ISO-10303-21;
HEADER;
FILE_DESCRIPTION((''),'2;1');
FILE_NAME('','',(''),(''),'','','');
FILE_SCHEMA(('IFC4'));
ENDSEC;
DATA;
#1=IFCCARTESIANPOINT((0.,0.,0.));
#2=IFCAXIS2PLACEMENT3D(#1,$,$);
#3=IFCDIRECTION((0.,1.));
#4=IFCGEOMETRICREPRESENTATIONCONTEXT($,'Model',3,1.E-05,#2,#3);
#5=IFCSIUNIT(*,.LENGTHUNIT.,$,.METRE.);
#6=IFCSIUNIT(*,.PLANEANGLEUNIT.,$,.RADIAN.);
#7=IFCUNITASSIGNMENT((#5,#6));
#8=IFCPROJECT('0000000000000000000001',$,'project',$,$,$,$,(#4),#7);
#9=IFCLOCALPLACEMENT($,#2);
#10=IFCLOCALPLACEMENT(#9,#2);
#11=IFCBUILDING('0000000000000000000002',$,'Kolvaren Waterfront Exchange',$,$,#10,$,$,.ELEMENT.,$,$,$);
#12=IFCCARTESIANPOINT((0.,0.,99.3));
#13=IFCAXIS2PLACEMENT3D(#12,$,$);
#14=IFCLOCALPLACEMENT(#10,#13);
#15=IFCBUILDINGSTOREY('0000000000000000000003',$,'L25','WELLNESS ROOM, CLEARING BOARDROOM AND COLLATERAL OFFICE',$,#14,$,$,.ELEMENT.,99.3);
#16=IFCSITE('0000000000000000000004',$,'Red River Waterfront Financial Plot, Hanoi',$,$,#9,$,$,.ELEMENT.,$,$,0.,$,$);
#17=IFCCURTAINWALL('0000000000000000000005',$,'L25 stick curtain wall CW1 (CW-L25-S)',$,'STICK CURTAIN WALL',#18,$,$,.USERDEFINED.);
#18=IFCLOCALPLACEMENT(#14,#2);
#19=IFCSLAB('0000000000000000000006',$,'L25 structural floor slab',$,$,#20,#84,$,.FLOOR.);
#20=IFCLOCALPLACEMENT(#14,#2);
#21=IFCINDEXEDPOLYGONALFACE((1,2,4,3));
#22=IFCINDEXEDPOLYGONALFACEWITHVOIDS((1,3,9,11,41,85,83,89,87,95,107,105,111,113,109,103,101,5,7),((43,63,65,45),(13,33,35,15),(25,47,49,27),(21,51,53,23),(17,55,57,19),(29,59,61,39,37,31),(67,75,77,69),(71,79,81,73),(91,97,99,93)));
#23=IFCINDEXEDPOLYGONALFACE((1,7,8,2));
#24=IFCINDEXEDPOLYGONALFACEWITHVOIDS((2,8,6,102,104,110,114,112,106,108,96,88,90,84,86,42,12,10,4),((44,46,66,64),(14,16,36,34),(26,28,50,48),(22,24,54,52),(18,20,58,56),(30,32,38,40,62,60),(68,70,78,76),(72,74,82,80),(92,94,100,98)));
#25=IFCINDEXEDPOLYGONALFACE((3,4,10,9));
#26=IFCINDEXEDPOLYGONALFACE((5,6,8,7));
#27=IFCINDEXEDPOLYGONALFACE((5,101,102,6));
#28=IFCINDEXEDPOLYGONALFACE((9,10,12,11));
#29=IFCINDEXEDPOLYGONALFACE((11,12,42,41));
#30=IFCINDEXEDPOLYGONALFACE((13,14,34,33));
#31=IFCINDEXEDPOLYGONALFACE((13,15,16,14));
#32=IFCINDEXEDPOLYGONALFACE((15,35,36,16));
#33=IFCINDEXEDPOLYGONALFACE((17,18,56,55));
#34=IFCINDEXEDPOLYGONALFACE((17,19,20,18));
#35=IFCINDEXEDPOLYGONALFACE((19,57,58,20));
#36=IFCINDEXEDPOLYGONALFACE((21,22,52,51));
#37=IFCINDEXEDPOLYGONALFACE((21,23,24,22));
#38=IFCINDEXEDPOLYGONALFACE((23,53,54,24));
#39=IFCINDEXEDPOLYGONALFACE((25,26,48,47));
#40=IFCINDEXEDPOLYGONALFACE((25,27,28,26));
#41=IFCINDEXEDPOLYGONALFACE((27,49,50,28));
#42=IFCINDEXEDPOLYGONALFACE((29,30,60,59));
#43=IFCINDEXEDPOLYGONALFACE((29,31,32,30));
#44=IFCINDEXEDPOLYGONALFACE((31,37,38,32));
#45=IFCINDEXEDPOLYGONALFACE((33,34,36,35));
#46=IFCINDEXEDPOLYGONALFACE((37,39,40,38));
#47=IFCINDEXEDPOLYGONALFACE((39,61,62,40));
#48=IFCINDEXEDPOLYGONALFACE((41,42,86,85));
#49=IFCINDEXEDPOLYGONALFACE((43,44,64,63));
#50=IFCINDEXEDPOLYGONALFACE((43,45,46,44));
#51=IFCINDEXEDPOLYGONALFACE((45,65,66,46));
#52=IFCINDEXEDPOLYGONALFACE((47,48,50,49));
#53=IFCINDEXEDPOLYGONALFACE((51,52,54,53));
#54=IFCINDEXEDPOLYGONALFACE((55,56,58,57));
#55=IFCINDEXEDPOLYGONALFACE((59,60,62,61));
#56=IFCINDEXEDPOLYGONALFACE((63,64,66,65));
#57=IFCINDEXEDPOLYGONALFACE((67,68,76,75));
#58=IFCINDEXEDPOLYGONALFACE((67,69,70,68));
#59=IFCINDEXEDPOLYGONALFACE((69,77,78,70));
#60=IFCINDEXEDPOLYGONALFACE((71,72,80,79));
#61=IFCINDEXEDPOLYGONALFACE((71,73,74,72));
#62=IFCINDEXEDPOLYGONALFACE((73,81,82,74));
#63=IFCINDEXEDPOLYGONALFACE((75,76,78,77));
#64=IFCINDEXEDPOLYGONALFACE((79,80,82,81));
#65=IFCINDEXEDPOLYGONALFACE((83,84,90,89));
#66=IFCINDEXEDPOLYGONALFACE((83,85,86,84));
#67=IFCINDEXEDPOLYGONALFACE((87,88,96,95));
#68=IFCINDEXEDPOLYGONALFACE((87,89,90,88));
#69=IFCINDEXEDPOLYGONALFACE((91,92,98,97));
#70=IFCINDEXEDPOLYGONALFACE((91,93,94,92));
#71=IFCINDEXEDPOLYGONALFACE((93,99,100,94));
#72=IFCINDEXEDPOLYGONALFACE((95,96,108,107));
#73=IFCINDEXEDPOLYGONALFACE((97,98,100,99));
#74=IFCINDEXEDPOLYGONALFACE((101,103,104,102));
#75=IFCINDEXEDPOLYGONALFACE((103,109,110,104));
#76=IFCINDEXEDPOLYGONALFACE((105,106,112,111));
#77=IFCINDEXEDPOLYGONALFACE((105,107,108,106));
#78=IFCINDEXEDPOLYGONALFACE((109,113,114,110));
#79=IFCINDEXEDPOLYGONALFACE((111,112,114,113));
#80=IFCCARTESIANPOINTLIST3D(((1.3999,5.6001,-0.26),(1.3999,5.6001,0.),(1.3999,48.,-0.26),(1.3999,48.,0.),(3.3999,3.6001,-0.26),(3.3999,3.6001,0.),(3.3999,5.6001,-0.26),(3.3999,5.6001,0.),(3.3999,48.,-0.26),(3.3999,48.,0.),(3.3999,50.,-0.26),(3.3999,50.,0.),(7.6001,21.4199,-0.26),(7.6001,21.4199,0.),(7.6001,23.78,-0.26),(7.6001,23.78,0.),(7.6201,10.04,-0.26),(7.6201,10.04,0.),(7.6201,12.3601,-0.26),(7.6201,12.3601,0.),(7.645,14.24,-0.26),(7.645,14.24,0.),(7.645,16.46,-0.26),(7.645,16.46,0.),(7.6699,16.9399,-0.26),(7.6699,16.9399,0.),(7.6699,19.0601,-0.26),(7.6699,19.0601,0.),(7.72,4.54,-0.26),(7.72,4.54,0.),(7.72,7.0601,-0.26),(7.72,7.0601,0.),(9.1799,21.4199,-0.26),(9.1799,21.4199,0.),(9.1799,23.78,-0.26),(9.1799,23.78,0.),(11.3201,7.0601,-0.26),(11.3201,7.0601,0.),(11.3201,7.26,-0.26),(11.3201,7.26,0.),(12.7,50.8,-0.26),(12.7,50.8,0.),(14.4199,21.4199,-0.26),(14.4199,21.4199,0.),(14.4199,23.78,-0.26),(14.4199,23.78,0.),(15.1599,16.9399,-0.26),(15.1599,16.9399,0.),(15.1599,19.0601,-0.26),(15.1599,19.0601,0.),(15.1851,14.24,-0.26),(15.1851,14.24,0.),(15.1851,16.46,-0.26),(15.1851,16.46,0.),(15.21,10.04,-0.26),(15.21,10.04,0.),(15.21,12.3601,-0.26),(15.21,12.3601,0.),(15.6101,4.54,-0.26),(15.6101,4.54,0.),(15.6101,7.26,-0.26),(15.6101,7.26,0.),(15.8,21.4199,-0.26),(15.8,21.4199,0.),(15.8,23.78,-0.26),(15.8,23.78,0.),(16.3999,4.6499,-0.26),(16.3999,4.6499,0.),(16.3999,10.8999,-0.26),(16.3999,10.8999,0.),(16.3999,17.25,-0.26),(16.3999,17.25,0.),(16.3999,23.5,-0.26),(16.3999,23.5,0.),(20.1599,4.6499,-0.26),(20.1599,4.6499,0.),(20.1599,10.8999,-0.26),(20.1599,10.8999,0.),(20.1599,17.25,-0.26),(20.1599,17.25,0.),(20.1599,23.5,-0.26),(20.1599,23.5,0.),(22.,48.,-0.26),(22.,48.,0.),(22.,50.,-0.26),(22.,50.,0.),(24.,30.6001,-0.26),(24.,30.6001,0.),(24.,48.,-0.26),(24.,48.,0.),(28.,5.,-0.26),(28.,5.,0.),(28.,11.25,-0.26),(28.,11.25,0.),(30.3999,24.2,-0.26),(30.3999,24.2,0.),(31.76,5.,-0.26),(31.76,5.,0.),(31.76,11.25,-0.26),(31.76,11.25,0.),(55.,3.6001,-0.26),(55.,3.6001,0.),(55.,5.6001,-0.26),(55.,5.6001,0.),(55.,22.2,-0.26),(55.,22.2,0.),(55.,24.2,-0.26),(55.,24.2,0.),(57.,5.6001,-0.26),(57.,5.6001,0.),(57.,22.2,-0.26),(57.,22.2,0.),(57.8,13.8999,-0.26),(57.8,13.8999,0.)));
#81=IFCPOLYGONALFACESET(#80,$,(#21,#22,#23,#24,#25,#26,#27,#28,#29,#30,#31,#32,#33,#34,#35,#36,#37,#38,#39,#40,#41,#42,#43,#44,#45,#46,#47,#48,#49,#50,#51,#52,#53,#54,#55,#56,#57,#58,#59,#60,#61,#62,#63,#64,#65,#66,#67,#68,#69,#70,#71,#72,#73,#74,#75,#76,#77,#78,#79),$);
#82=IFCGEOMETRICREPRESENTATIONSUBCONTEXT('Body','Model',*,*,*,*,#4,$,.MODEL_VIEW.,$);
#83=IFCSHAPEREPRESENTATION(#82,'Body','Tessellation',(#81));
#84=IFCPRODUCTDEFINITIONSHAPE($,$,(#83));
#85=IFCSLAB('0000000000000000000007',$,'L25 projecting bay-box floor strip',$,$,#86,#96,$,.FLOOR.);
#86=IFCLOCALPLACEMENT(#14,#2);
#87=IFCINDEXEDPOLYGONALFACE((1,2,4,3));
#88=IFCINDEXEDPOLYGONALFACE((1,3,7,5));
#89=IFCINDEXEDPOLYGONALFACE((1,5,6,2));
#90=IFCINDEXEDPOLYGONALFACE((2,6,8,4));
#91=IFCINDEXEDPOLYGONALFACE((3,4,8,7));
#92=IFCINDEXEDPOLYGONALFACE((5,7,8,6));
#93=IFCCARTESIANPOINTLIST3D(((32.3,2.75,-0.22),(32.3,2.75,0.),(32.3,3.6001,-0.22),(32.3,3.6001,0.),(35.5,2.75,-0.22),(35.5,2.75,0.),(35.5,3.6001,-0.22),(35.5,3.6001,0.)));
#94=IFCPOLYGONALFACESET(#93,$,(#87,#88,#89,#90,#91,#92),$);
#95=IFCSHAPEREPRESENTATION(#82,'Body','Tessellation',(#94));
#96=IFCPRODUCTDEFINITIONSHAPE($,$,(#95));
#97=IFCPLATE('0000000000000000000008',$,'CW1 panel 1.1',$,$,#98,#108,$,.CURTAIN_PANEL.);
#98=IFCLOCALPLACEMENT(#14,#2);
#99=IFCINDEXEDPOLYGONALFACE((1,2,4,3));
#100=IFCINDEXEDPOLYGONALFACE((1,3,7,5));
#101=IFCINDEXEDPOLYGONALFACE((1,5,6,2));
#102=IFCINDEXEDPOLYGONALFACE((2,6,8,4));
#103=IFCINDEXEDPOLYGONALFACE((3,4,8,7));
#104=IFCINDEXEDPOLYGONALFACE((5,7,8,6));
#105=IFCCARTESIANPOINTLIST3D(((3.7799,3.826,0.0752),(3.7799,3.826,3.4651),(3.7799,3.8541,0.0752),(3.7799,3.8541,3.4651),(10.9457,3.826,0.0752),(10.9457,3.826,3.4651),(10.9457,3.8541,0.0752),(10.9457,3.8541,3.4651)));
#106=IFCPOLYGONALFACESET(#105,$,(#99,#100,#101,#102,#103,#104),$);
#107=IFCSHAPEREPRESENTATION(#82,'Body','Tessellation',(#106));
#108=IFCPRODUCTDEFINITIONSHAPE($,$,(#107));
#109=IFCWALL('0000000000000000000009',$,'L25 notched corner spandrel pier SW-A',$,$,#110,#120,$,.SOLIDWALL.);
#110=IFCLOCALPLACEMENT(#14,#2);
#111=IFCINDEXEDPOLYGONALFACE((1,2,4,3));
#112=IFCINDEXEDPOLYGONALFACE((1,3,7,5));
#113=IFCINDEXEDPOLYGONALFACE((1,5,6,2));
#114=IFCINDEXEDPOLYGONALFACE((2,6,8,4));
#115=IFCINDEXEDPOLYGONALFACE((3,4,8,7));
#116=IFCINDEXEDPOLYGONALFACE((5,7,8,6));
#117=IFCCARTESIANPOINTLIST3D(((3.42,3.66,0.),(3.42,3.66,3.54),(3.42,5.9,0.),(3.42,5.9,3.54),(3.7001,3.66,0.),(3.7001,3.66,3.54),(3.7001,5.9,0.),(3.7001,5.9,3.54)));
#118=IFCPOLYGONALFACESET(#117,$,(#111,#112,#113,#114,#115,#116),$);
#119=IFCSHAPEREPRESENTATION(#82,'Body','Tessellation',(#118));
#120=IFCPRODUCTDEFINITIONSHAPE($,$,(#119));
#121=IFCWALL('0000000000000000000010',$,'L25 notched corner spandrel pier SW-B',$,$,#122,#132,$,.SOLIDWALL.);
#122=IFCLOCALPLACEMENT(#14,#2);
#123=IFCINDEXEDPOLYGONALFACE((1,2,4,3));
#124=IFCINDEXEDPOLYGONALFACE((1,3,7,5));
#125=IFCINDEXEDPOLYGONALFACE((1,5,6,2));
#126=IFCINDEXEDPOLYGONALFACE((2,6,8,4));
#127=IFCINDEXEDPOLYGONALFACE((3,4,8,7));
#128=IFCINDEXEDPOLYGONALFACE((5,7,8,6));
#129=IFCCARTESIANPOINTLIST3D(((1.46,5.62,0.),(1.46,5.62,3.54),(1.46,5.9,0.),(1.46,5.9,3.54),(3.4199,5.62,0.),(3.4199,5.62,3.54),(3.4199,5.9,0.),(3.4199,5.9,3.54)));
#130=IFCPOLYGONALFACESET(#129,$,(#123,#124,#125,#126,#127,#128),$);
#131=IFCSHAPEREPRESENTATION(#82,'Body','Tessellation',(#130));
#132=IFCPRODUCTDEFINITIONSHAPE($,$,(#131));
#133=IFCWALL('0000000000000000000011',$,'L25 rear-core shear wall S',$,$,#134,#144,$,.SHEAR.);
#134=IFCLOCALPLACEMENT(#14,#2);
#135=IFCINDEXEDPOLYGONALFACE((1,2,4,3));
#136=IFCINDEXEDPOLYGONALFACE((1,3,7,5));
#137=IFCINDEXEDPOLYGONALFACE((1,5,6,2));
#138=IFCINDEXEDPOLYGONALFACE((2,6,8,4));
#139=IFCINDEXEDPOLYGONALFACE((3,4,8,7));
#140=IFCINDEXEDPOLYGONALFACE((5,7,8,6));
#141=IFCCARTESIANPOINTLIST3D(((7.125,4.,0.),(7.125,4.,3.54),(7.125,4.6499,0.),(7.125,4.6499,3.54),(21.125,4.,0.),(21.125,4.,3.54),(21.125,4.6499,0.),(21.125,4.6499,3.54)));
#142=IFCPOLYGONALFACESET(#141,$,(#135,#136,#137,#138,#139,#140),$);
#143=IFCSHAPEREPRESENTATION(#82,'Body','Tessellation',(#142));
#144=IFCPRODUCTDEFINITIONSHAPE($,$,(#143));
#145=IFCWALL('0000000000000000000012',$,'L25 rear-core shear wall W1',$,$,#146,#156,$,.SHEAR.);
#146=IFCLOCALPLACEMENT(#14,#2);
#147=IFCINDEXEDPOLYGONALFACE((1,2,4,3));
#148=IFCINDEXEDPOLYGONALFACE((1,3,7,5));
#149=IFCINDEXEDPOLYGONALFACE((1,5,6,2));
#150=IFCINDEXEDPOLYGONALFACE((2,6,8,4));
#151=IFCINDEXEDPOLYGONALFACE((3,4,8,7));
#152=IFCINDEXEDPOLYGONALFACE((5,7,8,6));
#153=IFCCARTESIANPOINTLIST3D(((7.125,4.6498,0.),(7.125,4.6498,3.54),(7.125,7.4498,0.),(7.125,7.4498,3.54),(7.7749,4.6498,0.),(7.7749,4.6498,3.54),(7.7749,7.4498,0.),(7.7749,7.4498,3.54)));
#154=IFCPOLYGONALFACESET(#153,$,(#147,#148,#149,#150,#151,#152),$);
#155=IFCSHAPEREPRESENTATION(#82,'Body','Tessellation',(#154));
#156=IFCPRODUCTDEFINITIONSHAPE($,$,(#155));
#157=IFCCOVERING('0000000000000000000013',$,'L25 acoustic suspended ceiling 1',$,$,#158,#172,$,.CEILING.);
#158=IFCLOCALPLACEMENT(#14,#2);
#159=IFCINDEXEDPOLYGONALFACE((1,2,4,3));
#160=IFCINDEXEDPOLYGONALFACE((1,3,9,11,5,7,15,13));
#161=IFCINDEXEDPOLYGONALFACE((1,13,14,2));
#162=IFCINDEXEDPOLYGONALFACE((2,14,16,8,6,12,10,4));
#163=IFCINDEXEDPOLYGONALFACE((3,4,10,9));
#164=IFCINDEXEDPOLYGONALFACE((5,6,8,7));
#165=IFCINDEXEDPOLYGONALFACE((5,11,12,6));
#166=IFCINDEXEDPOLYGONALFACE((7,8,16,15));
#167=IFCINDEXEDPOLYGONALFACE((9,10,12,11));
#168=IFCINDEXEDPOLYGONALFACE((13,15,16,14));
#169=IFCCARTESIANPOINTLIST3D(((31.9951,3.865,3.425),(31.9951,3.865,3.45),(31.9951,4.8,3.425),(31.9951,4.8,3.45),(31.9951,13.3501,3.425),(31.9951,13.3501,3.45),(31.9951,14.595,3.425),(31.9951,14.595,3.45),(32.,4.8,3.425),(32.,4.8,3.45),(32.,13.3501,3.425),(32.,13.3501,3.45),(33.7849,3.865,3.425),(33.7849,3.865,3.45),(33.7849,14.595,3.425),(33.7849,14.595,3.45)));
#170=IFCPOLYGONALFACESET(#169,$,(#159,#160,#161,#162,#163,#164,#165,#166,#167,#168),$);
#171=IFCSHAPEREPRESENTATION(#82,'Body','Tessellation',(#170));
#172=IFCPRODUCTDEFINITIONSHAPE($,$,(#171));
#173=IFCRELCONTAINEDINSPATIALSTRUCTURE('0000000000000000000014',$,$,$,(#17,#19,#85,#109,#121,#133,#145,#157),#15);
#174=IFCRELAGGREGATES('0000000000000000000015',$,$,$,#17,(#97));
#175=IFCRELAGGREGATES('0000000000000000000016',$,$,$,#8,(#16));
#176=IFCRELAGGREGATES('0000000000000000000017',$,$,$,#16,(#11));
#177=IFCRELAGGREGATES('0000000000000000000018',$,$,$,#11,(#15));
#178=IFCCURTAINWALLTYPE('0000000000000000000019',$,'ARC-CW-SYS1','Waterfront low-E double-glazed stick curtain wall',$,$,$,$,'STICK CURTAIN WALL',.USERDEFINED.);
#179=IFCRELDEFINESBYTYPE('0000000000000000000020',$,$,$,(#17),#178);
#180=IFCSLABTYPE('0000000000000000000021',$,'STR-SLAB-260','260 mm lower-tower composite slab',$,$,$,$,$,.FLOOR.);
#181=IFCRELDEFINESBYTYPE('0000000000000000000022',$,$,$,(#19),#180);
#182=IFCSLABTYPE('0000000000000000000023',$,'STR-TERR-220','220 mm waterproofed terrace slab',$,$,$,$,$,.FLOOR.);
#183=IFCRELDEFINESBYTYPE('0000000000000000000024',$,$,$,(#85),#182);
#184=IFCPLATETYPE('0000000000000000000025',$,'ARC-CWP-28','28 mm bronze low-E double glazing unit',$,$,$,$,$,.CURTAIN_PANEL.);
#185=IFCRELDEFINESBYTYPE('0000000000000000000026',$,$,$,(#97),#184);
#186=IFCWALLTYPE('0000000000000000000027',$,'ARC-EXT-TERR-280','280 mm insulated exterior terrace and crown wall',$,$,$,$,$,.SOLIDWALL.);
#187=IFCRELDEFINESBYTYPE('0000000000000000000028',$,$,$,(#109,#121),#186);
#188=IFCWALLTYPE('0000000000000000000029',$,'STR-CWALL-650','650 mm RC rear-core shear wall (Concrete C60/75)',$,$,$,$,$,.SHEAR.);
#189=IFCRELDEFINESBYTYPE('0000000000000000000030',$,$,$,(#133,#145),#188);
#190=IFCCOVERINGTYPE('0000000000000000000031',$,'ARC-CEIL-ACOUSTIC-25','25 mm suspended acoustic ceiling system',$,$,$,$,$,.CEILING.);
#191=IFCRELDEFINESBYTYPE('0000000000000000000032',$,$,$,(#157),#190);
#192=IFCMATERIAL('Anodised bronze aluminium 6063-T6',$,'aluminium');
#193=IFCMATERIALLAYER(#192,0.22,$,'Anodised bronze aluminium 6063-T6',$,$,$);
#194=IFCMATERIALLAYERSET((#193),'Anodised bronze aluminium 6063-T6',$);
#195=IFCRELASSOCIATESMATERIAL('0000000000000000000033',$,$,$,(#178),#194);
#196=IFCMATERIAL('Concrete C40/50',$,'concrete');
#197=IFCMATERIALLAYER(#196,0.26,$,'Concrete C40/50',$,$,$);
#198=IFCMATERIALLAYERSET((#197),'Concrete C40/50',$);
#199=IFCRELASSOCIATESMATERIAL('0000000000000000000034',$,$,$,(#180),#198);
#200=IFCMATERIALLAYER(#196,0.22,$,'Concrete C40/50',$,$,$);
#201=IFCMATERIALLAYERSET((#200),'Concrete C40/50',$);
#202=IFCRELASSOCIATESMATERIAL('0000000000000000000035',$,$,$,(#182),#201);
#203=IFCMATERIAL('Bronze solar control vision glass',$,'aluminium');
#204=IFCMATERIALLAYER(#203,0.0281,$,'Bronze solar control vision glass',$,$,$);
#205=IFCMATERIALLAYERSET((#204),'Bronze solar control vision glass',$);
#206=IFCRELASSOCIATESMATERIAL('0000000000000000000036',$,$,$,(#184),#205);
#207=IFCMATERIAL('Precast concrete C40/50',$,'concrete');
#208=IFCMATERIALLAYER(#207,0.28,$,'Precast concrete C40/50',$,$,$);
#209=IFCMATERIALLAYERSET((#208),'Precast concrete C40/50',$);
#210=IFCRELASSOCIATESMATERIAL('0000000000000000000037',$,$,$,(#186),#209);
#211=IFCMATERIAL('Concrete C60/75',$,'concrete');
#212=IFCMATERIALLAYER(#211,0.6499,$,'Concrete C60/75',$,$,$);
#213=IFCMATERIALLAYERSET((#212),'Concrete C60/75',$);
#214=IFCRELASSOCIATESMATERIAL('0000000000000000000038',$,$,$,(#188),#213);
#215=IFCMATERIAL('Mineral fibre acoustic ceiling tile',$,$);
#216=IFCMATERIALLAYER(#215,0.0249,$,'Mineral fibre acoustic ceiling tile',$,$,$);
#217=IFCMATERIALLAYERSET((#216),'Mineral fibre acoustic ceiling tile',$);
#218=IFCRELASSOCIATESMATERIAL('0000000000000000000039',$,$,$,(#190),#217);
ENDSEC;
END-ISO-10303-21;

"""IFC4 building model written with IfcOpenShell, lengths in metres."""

from ifc_helpers import new_model, si_unit, direction, frame, frame_2d, origin, origin_with_axes, origin_2d, place, context, subcontext, project, spatial, polyline, rectangle, outline, extrude, source, transform, mapped, material, layer, layer_set, type_object, element, aggregate, save


model = new_model("IFC4")

# Units and contexts
model_context = context("Model", 3, precision=1e-05, world=origin(), true_north=direction((0.0, 1.0)))
body_context = subcontext(model_context, "Body", "Model", "MODEL_VIEW")
ifc_project = project(units=[si_unit("LENGTHUNIT", "METRE"), si_unit("PLANEANGLEUNIT", "RADIAN")], contexts=[model_context])

# Site, building, storey
site_placement = place(None, origin())
site = spatial("IfcSite", under=ifc_project, at=site_placement, Name="Red River Waterfront Financial Plot, Hanoi", CompositionType="ELEMENT", RefElevation=0.0)
building_placement = place(site_placement, origin())
building = spatial("IfcBuilding", under=site, at=building_placement, Name="Kolvaren Waterfront Exchange", CompositionType="ELEMENT")
storey_placement = place(building_placement, frame((0.0, 0.0, 99.3)))
storey = spatial("IfcBuildingStorey", under=building, at=storey_placement, Name="L25", Description="WELLNESS ROOM, CLEARING BOARDROOM AND COLLATERAL OFFICE", CompositionType="ELEMENT", Elevation=99.3)

# Shared definitions
ifc_material_1 = material(Name="Concrete C60/75", Category="concrete")

# Curtain wall
ifc_material_2 = material(Name="Anodised bronze aluminium 6063-T6", Category="aluminium")
ifc_layer_1 = layer(ifc_material_2, 0.22, Name="Anodised bronze aluminium 6063-T6")
ifc_layer_set_1 = layer_set([ifc_layer_1], Name="Anodised bronze aluminium 6063-T6")
curtain_wall_type = type_object("IfcCurtainWallType", Name="ARC-CW-SYS1", Description="Waterfront low-E double-glazed stick curtain wall", ElementType="STICK CURTAIN WALL", PredefinedType="USERDEFINED", material=ifc_layer_set_1)
curtain_wall_placement = place(storey_placement, origin())
curtain_wall = element("IfcCurtainWall", 1, at=curtain_wall_placement, inside=storey, type_object=curtain_wall_type, Name="L25 stick curtain wall CW1 (CW-L25-S)", ObjectType="STICK CURTAIN WALL", PredefinedType="USERDEFINED")

# Shared definitions
ifc_material_3 = material(Name="Concrete C40/50", Category="concrete")

# Slabs
ifc_layer_2 = layer(ifc_material_3, 0.26, Name="Concrete C40/50")
ifc_layer_set_2 = layer_set([ifc_layer_2], Name="Concrete C40/50")
slab_type_1 = type_object("IfcSlabType", Name="STR-SLAB-260", Description="260 mm lower-tower composite slab", PredefinedType="FLOOR", material=ifc_layer_set_2)
slab_1_placement = place(storey_placement, frame((0.0, 0.0, -0.26)))
element("IfcSlab", 2, at=slab_1_placement, inside=storey, type_object=slab_type_1, Name="L25 structural floor slab", PredefinedType="FLOOR", context=body_context, shape_type="SweptSolid", body=[
    extrude(outline(polyline([(3.3999, 3.6001), (55.0, 3.6001), (55.0, 5.6001), (57.0, 5.6001), (57.8, 13.8999), (57.0, 22.2), (55.0, 22.2), (55.0, 24.2), (30.3999, 24.2), (24.0, 30.6001), (24.0, 48.0), (22.0, 48.0), (22.0, 50.0), (12.7, 50.8), (3.3999, 50.0), (3.3999, 48.0), (1.3999, 48.0), (1.3999, 5.6001), (3.3999, 5.6001), (3.3999, 3.6001)]), holes=[polyline([(11.3201, 7.26), (15.6101, 7.26), (15.6101, 4.54), (7.72, 4.54), (7.72, 7.0601), (11.3201, 7.0601), (11.3201, 7.26)]), polyline([(20.1599, 4.6499), (16.3999, 4.6499), (16.3999, 10.8999), (20.1599, 10.8999), (20.1599, 4.6499)]), polyline([(31.76, 5.0), (28.0, 5.0), (28.0, 11.25), (31.76, 11.25), (31.76, 5.0)]), polyline([(15.21, 10.04), (7.6201, 10.04), (7.6201, 12.3601), (15.21, 12.3601), (15.21, 10.04)]), polyline([(7.645, 16.46), (15.1851, 16.46), (15.1851, 14.24), (7.645, 14.24), (7.645, 16.46)]), polyline([(15.1599, 16.9399), (7.6699, 16.9399), (7.6699, 19.0601), (15.1599, 19.0601), (15.1599, 16.9399)]), polyline([(16.3999, 23.5), (20.1599, 23.5), (20.1599, 17.25), (16.3999, 17.25), (16.3999, 23.5)]), polyline([(7.6001, 23.78), (9.1799, 23.78), (9.1799, 21.4199), (7.6001, 21.4199), (7.6001, 23.78)]), polyline([(15.8, 23.78), (15.8, 21.4199), (14.4199, 21.4199), (14.4199, 23.78), (15.8, 23.78)])]), origin(), (0.0, 0.0, 1.0), 0.26),
])
ifc_layer_3 = layer(ifc_material_3, 0.22, Name="Concrete C40/50")
ifc_layer_set_3 = layer_set([ifc_layer_3], Name="Concrete C40/50")
slab_type_2 = type_object("IfcSlabType", Name="STR-TERR-220", Description="220 mm waterproofed terrace slab", PredefinedType="FLOOR", material=ifc_layer_set_3)
slab_2_placement = place(storey_placement, frame((0.0, 0.0, -0.22)))
element("IfcSlab", 3, at=slab_2_placement, inside=storey, type_object=slab_type_2, Name="L25 projecting bay-box floor strip", PredefinedType="FLOOR", context=body_context, shape_type="SweptSolid", body=[
    extrude(outline(polyline([(32.3, 2.75), (35.5, 2.75), (35.5, 3.6001), (32.3, 3.6001), (32.3, 2.75)])), origin(), (0.0, 0.0, 1.0), 0.22),
])

# Plate
ifc_material_4 = material(Name="Bronze solar control vision glass", Category="aluminium")
ifc_layer_4 = layer(ifc_material_4, 0.0281, Name="Bronze solar control vision glass")
ifc_layer_set_4 = layer_set([ifc_layer_4], Name="Bronze solar control vision glass")
plate_type = type_object("IfcPlateType", Name="ARC-CWP-28", Description="28 mm bronze low-E double glazing unit", PredefinedType="CURTAIN_PANEL", material=ifc_layer_set_4)
shared_shape_1 = source(origin_with_axes(), body_context, "Body", "SweptSolid", [
    extrude(rectangle(XDim=7.1658, YDim=0.0281, at=origin_2d()), origin(), (0.0, 0.0, 1.0), 3.3899),
])
plate_placement = place(storey_placement, frame((7.3628, 3.8401, 0.0752), z_axis=(0.0, 0.0, 1.0), x_axis=(1.0, 0.0, 0.0)))
plate = element("IfcPlate", 4, at=plate_placement, type_object=plate_type, Name="CW1 panel 1.1", PredefinedType="CURTAIN_PANEL", context=body_context, shape_type="MappedRepresentation", body=[
    mapped(shared_shape_1, transform((0.0, 0.0, 0.0), x_axis=(1.0, 0.0, 0.0), y_axis=(0.0, 1.0, 0.0), z_axis=(0.0, 0.0, 1.0), scale=1.0)),
])
aggregate(curtain_wall, [plate])

# Walls
ifc_material_5 = material(Name="Precast concrete C40/50", Category="concrete")
ifc_layer_5 = layer(ifc_material_5, 0.28, Name="Precast concrete C40/50")
ifc_layer_set_5 = layer_set([ifc_layer_5], Name="Precast concrete C40/50")
wall_type_1 = type_object("IfcWallType", Name="ARC-EXT-TERR-280", Description="280 mm insulated exterior terrace and crown wall", PredefinedType="SOLIDWALL", material=ifc_layer_set_5)
wall_1_placement = place(storey_placement, frame((3.5601, 3.6599, 0.0), z_axis=(0.0, 0.0, 1.0), x_axis=(0.0, 1.0, 0.0)))
element("IfcWall", 5, at=wall_1_placement, inside=storey, type_object=wall_type_1, Name="L25 notched corner spandrel pier SW-A", PredefinedType="SOLIDWALL", context=body_context, shape_type="SweptSolid", body=[
    extrude(rectangle(XDim=2.24, YDim=0.28, at=frame_2d((1.1201, 0.0))), origin(), (0.0, 0.0, 1.0), 3.54),
])
wall_2_placement = place(storey_placement, frame((1.46, 5.76, 0.0), z_axis=(0.0, 0.0, 1.0), x_axis=(1.0, 0.0, 0.0)))
element("IfcWall", 6, at=wall_2_placement, inside=storey, type_object=wall_type_1, Name="L25 notched corner spandrel pier SW-B", PredefinedType="SOLIDWALL", context=body_context, shape_type="SweptSolid", body=[
    extrude(rectangle(XDim=1.96, YDim=0.28, at=frame_2d((0.98, 0.0))), origin(), (0.0, 0.0, 1.0), 3.54),
])
ifc_layer_6 = layer(ifc_material_1, 0.6499, Name="Concrete C60/75")
ifc_layer_set_6 = layer_set([ifc_layer_6], Name="Concrete C60/75")
wall_type_2 = type_object("IfcWallType", Name="STR-CWALL-650", Description="650 mm RC rear-core shear wall (Concrete C60/75)", PredefinedType="SHEAR", material=ifc_layer_set_6)
wall_3_placement = place(storey_placement, frame((7.125, 4.325, 0.0), z_axis=(0.0, 0.0, 1.0), x_axis=(1.0, 0.0, 0.0)))
element("IfcWall", 7, at=wall_3_placement, inside=storey, type_object=wall_type_2, Name="L25 rear-core shear wall S", PredefinedType="SHEAR", context=body_context, shape_type="SweptSolid", body=[
    extrude(rectangle(XDim=14.0, YDim=0.6499, at=frame_2d((7.0, 0.0))), origin(), (0.0, 0.0, 1.0), 3.54),
])
wall_4_placement = place(storey_placement, frame((7.45, 4.6499, 0.0), z_axis=(0.0, 0.0, 1.0), x_axis=(0.0, 1.0, 0.0)))
element("IfcWall", 8, at=wall_4_placement, inside=storey, type_object=wall_type_2, Name="L25 rear-core shear wall W1", PredefinedType="SHEAR", context=body_context, shape_type="SweptSolid", body=[
    extrude(rectangle(XDim=2.8, YDim=0.6499, at=frame_2d((1.3999, 0.0))), origin(), (0.0, 0.0, 1.0), 3.54),
])

# Covering
ifc_material_6 = material(Name="Mineral fibre acoustic ceiling tile")
ifc_layer_7 = layer(ifc_material_6, 0.0249, Name="Mineral fibre acoustic ceiling tile")
ifc_layer_set_7 = layer_set([ifc_layer_7], Name="Mineral fibre acoustic ceiling tile")
covering_type_1 = type_object("IfcCoveringType", Name="ARC-CEIL-ACOUSTIC-25", Description="25 mm suspended acoustic ceiling system", PredefinedType="CEILING", material=ifc_layer_set_7)
covering_1_placement = place(storey_placement, frame((0.0, 0.0, 3.425)))
element("IfcCovering", 9, at=covering_1_placement, inside=storey, type_object=covering_type_1, Name="L25 acoustic suspended ceiling 1", PredefinedType="CEILING", context=body_context, shape_type="SweptSolid", body=[
    extrude(outline(polyline([(33.7849, 3.865), (33.7849, 14.595), (31.9951, 14.595), (31.9951, 13.3501), (32.0, 13.3501), (32.0, 4.8), (31.9951, 4.8), (31.9951, 3.865), (33.7849, 3.865)])), origin(), (0.0, 0.0, 1.0), 0.0249),
])

save(model, "model.ifc")
